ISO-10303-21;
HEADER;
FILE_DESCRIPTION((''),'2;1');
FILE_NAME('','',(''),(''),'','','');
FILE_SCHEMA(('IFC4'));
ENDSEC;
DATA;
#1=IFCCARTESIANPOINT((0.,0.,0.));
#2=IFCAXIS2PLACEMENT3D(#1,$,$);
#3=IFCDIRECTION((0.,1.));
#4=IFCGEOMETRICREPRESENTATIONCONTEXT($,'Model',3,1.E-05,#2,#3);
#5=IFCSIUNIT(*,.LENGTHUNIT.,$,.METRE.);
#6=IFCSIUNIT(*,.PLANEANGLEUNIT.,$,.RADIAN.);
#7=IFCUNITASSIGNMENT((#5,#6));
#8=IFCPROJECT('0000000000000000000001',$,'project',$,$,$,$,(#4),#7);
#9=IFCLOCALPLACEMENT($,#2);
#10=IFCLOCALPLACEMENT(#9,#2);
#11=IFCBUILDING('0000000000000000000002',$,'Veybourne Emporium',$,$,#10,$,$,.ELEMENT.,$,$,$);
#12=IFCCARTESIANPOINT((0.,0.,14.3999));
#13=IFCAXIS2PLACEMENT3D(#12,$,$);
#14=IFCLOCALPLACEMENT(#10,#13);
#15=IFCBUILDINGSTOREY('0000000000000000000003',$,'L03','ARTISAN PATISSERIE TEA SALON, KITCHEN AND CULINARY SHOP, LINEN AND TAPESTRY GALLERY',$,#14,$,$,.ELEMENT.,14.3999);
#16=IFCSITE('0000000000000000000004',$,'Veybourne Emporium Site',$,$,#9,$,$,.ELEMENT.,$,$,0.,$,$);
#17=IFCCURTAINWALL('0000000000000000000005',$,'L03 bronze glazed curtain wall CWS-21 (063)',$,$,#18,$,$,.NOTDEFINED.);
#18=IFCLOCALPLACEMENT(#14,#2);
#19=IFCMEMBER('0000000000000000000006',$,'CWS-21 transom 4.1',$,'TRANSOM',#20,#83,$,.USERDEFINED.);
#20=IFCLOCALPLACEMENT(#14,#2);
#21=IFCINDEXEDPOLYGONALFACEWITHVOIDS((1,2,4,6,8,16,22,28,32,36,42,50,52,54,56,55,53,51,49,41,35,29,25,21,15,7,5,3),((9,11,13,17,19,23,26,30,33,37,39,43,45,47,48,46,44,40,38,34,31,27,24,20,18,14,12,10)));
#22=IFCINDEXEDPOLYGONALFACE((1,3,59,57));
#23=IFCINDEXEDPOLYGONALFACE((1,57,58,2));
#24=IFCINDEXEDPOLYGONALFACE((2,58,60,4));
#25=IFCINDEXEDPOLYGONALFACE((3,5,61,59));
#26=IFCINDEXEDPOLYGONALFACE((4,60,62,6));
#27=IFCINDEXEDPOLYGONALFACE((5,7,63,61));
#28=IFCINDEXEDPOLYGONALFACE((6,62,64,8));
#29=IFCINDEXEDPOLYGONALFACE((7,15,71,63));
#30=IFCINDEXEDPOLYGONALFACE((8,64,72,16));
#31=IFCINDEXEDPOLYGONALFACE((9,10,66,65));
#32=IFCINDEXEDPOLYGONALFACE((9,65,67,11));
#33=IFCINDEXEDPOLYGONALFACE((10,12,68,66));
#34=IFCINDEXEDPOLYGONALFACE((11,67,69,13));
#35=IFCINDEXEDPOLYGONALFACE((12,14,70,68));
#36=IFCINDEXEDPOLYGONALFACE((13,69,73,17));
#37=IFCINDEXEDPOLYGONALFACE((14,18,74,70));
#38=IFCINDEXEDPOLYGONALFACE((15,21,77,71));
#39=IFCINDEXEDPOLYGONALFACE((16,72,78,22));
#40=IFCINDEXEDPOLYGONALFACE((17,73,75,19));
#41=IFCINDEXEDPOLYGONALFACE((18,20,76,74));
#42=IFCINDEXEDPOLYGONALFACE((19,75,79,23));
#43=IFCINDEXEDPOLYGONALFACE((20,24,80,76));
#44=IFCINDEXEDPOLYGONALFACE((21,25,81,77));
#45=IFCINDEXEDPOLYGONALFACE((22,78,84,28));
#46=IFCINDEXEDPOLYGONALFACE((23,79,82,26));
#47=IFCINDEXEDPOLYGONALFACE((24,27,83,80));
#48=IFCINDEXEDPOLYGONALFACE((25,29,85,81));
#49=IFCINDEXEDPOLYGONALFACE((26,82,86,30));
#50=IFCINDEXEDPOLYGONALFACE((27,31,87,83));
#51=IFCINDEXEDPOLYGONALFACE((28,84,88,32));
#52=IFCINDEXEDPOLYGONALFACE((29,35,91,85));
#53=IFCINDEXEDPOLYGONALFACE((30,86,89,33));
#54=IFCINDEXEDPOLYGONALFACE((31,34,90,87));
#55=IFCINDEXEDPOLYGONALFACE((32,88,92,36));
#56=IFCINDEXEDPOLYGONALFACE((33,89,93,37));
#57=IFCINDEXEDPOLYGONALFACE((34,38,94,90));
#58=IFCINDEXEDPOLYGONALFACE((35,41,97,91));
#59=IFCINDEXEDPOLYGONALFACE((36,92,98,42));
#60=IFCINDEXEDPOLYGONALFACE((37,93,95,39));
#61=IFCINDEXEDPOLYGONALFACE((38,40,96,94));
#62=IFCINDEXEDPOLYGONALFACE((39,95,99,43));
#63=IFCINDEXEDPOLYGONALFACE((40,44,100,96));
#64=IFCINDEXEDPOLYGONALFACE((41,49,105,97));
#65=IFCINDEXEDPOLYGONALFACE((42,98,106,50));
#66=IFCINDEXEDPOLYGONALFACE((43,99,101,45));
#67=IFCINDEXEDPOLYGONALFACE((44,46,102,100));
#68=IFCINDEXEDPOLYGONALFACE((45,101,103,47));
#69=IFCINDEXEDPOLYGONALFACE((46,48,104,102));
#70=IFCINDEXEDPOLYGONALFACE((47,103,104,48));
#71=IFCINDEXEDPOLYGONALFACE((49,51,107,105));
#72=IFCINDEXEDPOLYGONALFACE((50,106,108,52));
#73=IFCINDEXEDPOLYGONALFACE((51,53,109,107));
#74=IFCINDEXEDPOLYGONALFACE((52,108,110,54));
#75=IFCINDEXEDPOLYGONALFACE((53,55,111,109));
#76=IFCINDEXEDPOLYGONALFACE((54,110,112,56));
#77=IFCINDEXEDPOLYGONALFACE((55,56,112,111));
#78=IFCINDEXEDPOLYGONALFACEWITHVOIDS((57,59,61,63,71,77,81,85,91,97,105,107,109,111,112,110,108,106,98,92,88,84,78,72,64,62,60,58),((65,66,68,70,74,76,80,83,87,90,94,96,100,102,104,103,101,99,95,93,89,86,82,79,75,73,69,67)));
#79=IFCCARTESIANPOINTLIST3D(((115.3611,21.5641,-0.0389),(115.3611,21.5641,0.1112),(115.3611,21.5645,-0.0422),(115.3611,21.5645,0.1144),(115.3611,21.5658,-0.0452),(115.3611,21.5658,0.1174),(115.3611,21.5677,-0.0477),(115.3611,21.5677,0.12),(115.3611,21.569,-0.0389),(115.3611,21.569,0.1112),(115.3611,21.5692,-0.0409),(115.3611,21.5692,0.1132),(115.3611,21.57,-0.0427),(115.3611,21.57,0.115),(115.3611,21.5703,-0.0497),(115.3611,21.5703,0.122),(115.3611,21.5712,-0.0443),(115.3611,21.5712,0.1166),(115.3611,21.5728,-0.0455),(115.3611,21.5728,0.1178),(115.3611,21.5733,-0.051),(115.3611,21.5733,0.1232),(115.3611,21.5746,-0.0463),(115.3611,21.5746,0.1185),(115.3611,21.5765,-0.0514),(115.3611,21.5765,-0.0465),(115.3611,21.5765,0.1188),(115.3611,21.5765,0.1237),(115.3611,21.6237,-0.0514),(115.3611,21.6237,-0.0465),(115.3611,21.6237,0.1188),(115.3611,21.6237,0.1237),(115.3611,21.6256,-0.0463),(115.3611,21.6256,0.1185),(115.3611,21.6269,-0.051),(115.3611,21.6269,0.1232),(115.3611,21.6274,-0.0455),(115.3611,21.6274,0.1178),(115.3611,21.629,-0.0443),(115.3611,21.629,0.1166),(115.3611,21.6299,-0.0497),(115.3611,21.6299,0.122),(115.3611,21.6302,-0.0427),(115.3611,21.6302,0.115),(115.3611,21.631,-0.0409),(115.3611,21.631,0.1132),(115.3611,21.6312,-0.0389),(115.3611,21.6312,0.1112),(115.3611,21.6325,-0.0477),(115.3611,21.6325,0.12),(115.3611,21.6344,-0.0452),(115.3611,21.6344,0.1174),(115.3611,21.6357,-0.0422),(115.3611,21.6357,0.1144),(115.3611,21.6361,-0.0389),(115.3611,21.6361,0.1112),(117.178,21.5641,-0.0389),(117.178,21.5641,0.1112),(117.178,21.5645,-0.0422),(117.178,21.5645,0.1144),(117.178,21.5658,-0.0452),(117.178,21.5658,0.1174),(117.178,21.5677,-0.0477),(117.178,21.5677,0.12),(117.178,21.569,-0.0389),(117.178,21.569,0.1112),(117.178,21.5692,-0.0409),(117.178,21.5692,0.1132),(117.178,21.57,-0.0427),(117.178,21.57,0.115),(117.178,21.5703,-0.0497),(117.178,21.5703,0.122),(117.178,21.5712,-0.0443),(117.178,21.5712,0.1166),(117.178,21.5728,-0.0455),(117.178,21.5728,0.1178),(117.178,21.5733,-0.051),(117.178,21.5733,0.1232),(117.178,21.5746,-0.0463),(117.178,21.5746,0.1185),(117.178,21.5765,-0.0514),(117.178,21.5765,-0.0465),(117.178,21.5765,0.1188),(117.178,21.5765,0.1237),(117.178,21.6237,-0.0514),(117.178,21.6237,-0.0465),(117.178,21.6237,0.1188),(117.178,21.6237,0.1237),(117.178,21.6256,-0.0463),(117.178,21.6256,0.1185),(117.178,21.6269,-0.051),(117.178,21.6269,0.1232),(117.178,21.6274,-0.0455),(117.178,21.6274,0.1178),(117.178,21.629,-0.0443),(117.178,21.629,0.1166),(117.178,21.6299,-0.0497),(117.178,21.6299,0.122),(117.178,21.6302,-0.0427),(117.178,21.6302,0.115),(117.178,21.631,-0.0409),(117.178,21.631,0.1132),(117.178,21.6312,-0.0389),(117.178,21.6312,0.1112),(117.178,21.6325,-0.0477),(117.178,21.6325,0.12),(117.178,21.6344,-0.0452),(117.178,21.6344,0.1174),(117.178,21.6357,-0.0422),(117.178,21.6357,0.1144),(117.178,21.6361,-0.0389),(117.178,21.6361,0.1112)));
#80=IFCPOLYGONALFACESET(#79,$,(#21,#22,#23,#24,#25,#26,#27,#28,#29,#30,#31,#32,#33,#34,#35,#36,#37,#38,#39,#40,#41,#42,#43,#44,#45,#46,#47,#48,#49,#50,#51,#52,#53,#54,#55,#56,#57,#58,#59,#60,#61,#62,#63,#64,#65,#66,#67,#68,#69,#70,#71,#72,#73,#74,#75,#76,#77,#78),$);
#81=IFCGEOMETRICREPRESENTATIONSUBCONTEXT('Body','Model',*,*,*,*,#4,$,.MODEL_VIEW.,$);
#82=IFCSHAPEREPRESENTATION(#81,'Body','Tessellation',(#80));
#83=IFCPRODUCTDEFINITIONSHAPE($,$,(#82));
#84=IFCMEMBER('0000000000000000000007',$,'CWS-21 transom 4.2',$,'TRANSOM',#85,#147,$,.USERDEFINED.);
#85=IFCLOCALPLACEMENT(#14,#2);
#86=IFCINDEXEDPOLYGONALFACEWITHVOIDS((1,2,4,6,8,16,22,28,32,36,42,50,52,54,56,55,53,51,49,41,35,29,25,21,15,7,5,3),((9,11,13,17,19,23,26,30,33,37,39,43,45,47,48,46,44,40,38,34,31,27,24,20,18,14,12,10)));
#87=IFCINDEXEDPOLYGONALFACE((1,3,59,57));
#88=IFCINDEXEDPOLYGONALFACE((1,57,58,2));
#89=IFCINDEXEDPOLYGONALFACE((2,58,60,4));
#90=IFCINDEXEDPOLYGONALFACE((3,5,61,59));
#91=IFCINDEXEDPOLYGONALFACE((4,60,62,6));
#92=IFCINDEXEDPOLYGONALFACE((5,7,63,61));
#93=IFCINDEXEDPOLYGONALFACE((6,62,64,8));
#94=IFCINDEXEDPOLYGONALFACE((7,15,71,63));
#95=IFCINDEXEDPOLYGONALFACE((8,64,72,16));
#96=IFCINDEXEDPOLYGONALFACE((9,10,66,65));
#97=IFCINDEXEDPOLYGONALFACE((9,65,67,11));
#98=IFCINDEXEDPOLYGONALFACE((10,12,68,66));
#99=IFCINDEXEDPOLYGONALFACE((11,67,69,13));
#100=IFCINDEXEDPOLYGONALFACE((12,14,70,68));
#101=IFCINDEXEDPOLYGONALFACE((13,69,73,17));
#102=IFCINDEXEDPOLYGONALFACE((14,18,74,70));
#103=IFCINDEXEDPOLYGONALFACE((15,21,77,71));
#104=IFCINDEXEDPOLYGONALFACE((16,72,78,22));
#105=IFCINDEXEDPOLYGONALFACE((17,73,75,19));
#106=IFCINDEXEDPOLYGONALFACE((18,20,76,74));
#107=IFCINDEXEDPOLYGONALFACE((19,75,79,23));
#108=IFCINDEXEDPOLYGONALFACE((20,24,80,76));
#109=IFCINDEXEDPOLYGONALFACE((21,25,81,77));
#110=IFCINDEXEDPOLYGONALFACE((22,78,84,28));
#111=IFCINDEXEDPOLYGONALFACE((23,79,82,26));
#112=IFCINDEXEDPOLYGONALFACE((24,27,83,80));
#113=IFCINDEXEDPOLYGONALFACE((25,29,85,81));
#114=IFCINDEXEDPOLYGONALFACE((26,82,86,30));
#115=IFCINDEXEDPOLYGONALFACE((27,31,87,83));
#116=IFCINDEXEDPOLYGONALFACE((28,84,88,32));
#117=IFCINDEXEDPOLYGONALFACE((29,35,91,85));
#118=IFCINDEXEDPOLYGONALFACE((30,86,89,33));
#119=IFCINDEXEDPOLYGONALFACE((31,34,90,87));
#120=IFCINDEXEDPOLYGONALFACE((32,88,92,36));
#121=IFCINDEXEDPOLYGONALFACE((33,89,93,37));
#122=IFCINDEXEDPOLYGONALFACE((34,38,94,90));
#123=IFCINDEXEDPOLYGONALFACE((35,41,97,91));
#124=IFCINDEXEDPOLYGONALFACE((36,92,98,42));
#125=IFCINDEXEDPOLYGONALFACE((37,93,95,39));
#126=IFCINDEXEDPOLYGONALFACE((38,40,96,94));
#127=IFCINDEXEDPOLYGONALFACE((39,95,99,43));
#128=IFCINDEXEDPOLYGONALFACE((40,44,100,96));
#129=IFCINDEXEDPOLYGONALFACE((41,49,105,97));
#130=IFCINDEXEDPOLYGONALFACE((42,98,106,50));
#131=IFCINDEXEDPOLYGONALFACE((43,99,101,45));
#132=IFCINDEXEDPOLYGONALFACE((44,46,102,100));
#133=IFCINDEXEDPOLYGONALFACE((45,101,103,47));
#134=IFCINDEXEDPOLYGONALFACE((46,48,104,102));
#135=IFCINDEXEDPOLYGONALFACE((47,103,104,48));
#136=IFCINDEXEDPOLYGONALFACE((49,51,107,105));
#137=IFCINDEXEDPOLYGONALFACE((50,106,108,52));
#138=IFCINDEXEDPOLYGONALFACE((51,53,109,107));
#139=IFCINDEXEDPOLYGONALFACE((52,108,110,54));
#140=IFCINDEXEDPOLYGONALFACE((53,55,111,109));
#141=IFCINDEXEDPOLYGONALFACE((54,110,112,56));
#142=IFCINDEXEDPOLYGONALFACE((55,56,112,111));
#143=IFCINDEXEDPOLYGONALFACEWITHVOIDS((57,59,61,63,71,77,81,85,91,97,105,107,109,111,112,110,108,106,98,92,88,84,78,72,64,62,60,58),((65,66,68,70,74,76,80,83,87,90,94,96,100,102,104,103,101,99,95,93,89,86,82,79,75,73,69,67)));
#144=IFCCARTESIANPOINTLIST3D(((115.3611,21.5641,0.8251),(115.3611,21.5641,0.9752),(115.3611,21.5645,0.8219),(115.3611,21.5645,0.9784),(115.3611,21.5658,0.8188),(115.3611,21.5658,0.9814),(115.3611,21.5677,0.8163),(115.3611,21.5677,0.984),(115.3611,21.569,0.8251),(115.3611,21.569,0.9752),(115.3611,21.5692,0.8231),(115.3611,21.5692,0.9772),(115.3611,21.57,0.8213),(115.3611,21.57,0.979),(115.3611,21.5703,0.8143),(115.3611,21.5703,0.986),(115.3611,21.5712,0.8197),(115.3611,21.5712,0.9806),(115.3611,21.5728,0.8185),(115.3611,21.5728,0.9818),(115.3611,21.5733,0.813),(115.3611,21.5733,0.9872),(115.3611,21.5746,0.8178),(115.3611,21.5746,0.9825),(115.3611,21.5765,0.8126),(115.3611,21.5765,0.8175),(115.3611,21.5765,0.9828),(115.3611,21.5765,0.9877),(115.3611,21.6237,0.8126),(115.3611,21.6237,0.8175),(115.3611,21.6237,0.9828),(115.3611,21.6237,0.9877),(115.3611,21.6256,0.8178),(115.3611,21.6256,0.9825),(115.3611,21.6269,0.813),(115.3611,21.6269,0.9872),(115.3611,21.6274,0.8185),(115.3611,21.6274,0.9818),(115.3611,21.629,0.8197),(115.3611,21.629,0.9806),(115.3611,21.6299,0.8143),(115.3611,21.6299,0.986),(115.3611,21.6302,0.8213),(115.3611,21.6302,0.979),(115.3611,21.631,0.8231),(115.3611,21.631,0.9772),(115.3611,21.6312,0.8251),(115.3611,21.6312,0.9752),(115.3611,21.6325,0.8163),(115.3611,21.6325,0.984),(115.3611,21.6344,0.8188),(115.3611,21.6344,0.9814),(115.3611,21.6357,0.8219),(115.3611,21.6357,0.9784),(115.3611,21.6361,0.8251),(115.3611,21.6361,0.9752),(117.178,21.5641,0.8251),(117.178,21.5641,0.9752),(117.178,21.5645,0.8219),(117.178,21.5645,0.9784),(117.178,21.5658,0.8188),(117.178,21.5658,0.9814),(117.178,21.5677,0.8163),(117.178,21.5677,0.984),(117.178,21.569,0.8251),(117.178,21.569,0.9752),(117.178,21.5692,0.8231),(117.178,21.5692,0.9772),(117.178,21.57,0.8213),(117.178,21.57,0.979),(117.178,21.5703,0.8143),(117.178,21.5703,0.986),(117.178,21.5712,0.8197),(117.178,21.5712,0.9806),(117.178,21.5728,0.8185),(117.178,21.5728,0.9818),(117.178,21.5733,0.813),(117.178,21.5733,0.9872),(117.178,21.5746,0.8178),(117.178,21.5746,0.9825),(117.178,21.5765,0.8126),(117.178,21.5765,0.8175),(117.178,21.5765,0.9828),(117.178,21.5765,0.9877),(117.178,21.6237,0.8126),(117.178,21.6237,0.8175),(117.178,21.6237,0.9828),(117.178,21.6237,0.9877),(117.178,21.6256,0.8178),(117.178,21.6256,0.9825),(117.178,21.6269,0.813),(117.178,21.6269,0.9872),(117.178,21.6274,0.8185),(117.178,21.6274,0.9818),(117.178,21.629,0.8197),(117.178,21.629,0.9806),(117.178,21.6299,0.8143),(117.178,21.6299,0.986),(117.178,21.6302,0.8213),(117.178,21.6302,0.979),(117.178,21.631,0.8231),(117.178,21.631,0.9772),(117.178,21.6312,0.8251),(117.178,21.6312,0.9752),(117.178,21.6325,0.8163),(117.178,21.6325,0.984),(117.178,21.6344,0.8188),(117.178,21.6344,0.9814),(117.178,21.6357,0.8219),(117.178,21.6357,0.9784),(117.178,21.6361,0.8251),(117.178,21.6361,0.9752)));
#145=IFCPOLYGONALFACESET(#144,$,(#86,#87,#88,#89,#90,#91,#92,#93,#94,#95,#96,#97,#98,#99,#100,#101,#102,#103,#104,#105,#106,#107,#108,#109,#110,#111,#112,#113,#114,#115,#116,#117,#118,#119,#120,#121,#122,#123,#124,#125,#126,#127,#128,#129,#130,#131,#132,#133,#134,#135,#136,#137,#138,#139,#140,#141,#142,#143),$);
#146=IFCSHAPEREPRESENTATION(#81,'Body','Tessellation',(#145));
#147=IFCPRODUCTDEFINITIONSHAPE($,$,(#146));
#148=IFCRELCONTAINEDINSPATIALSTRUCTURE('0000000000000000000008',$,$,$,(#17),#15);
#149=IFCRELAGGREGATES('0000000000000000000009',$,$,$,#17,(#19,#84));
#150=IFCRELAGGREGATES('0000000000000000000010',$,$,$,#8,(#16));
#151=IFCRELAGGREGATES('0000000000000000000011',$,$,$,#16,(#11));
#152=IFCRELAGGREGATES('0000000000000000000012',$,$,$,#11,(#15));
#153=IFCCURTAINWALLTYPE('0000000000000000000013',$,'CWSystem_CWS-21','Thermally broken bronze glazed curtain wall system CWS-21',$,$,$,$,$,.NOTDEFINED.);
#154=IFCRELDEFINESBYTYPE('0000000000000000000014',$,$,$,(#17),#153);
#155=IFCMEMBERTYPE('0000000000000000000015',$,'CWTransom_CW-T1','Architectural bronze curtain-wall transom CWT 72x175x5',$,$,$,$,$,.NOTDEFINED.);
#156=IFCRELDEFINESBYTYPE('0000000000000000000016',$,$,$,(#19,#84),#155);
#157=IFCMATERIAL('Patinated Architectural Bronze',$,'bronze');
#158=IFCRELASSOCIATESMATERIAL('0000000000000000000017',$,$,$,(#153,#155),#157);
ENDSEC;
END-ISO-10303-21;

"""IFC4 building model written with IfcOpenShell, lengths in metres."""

from ifc_helpers import new_model, si_unit, direction, frame, origin, origin_2d, place, context, subcontext, project, spatial, hollow_rectangle, extrude, material, material_profile, profile_set, type_object, element, aggregate, save


model = new_model("IFC4")

# Units and contexts
model_context = context("Model", 3, precision=1e-05, world=origin(), true_north=direction((0.0, 1.0)))
body_context = subcontext(model_context, "Body", "Model", "MODEL_VIEW")
ifc_project = project(units=[si_unit("LENGTHUNIT", "METRE"), si_unit("PLANEANGLEUNIT", "RADIAN")], contexts=[model_context])

# Site, building, storey
site_placement = place(None, origin())
site = spatial("IfcSite", under=ifc_project, at=site_placement, Name="Veybourne Emporium Site", CompositionType="ELEMENT", RefElevation=0.0)
building_placement = place(site_placement, origin())
building = spatial("IfcBuilding", under=site, at=building_placement, Name="Veybourne Emporium", CompositionType="ELEMENT")
storey_placement = place(building_placement, frame((0.0, 0.0, 14.3999)))
storey = spatial("IfcBuildingStorey", under=building, at=storey_placement, Name="L03", Description="ARTISAN PATISSERIE TEA SALON, KITCHEN AND CULINARY SHOP, LINEN AND TAPESTRY GALLERY", CompositionType="ELEMENT", Elevation=14.3999)

# Curtain wall, members
ifc_material_1 = material(Name="Patinated Architectural Bronze", Category="bronze")
curtain_wall_type = type_object("IfcCurtainWallType", Name="CWSystem_CWS-21", Description="Thermally broken bronze glazed curtain wall system CWS-21", PredefinedType="NOTDEFINED", material=ifc_material_1)
curtain_wall_placement = place(storey_placement, origin())
curtain_wall = element("IfcCurtainWall", 1, at=curtain_wall_placement, inside=storey, type_object=curtain_wall_type, Name="L03 bronze glazed curtain wall CWS-21 (063)", PredefinedType="NOTDEFINED")
ifc_material_profile_1 = material_profile(ifc_material_1, hollow_rectangle(XDim=0.072, YDim=0.175, WallThickness=0.0049, InnerFilletRadius=0.0076, OuterFilletRadius=0.0125, at=origin_2d()), Name="CWT 72x175x5")
ifc_profile_set_1 = profile_set([ifc_material_profile_1], Name="Patinated Architectural Bronze")
member_type_1 = type_object("IfcMemberType", Name="CWTransom_CW-T1", Description="Architectural bronze curtain-wall transom CWT 72x175x5", PredefinedType="NOTDEFINED", material=ifc_profile_set_1)
member_1_placement = place(storey_placement, frame((115.3611, 21.6001, 0.0361), z_axis=(1.0, 0.0, 0.0), x_axis=(0.0, 1.0, 0.0)))
member_1 = element("IfcMember", 2, at=member_1_placement, type_object=member_type_1, Name="CWS-21 transom 4.1", ObjectType="TRANSOM", PredefinedType="USERDEFINED", context=body_context, shape_type="SweptSolid", body=[
    extrude(hollow_rectangle(XDim=0.072, YDim=0.175, WallThickness=0.0049, InnerFilletRadius=0.0076, OuterFilletRadius=0.0125, at=origin_2d()), origin(), (0.0, 0.0, 1.0), 1.8169),
])
member_2_placement = place(storey_placement, frame((115.3611, 21.6001, 0.9001), z_axis=(1.0, 0.0, 0.0), x_axis=(0.0, 1.0, 0.0)))
member_2 = element("IfcMember", 3, at=member_2_placement, type_object=member_type_1, Name="CWS-21 transom 4.2", ObjectType="TRANSOM", PredefinedType="USERDEFINED", context=body_context, shape_type="SweptSolid", body=[
    extrude(hollow_rectangle(XDim=0.072, YDim=0.175, WallThickness=0.0049, InnerFilletRadius=0.0076, OuterFilletRadius=0.0125, at=origin_2d()), origin(), (0.0, 0.0, 1.0), 1.8169),
])
aggregate(curtain_wall, [member_1, member_2])

save(model, "model.ifc")
